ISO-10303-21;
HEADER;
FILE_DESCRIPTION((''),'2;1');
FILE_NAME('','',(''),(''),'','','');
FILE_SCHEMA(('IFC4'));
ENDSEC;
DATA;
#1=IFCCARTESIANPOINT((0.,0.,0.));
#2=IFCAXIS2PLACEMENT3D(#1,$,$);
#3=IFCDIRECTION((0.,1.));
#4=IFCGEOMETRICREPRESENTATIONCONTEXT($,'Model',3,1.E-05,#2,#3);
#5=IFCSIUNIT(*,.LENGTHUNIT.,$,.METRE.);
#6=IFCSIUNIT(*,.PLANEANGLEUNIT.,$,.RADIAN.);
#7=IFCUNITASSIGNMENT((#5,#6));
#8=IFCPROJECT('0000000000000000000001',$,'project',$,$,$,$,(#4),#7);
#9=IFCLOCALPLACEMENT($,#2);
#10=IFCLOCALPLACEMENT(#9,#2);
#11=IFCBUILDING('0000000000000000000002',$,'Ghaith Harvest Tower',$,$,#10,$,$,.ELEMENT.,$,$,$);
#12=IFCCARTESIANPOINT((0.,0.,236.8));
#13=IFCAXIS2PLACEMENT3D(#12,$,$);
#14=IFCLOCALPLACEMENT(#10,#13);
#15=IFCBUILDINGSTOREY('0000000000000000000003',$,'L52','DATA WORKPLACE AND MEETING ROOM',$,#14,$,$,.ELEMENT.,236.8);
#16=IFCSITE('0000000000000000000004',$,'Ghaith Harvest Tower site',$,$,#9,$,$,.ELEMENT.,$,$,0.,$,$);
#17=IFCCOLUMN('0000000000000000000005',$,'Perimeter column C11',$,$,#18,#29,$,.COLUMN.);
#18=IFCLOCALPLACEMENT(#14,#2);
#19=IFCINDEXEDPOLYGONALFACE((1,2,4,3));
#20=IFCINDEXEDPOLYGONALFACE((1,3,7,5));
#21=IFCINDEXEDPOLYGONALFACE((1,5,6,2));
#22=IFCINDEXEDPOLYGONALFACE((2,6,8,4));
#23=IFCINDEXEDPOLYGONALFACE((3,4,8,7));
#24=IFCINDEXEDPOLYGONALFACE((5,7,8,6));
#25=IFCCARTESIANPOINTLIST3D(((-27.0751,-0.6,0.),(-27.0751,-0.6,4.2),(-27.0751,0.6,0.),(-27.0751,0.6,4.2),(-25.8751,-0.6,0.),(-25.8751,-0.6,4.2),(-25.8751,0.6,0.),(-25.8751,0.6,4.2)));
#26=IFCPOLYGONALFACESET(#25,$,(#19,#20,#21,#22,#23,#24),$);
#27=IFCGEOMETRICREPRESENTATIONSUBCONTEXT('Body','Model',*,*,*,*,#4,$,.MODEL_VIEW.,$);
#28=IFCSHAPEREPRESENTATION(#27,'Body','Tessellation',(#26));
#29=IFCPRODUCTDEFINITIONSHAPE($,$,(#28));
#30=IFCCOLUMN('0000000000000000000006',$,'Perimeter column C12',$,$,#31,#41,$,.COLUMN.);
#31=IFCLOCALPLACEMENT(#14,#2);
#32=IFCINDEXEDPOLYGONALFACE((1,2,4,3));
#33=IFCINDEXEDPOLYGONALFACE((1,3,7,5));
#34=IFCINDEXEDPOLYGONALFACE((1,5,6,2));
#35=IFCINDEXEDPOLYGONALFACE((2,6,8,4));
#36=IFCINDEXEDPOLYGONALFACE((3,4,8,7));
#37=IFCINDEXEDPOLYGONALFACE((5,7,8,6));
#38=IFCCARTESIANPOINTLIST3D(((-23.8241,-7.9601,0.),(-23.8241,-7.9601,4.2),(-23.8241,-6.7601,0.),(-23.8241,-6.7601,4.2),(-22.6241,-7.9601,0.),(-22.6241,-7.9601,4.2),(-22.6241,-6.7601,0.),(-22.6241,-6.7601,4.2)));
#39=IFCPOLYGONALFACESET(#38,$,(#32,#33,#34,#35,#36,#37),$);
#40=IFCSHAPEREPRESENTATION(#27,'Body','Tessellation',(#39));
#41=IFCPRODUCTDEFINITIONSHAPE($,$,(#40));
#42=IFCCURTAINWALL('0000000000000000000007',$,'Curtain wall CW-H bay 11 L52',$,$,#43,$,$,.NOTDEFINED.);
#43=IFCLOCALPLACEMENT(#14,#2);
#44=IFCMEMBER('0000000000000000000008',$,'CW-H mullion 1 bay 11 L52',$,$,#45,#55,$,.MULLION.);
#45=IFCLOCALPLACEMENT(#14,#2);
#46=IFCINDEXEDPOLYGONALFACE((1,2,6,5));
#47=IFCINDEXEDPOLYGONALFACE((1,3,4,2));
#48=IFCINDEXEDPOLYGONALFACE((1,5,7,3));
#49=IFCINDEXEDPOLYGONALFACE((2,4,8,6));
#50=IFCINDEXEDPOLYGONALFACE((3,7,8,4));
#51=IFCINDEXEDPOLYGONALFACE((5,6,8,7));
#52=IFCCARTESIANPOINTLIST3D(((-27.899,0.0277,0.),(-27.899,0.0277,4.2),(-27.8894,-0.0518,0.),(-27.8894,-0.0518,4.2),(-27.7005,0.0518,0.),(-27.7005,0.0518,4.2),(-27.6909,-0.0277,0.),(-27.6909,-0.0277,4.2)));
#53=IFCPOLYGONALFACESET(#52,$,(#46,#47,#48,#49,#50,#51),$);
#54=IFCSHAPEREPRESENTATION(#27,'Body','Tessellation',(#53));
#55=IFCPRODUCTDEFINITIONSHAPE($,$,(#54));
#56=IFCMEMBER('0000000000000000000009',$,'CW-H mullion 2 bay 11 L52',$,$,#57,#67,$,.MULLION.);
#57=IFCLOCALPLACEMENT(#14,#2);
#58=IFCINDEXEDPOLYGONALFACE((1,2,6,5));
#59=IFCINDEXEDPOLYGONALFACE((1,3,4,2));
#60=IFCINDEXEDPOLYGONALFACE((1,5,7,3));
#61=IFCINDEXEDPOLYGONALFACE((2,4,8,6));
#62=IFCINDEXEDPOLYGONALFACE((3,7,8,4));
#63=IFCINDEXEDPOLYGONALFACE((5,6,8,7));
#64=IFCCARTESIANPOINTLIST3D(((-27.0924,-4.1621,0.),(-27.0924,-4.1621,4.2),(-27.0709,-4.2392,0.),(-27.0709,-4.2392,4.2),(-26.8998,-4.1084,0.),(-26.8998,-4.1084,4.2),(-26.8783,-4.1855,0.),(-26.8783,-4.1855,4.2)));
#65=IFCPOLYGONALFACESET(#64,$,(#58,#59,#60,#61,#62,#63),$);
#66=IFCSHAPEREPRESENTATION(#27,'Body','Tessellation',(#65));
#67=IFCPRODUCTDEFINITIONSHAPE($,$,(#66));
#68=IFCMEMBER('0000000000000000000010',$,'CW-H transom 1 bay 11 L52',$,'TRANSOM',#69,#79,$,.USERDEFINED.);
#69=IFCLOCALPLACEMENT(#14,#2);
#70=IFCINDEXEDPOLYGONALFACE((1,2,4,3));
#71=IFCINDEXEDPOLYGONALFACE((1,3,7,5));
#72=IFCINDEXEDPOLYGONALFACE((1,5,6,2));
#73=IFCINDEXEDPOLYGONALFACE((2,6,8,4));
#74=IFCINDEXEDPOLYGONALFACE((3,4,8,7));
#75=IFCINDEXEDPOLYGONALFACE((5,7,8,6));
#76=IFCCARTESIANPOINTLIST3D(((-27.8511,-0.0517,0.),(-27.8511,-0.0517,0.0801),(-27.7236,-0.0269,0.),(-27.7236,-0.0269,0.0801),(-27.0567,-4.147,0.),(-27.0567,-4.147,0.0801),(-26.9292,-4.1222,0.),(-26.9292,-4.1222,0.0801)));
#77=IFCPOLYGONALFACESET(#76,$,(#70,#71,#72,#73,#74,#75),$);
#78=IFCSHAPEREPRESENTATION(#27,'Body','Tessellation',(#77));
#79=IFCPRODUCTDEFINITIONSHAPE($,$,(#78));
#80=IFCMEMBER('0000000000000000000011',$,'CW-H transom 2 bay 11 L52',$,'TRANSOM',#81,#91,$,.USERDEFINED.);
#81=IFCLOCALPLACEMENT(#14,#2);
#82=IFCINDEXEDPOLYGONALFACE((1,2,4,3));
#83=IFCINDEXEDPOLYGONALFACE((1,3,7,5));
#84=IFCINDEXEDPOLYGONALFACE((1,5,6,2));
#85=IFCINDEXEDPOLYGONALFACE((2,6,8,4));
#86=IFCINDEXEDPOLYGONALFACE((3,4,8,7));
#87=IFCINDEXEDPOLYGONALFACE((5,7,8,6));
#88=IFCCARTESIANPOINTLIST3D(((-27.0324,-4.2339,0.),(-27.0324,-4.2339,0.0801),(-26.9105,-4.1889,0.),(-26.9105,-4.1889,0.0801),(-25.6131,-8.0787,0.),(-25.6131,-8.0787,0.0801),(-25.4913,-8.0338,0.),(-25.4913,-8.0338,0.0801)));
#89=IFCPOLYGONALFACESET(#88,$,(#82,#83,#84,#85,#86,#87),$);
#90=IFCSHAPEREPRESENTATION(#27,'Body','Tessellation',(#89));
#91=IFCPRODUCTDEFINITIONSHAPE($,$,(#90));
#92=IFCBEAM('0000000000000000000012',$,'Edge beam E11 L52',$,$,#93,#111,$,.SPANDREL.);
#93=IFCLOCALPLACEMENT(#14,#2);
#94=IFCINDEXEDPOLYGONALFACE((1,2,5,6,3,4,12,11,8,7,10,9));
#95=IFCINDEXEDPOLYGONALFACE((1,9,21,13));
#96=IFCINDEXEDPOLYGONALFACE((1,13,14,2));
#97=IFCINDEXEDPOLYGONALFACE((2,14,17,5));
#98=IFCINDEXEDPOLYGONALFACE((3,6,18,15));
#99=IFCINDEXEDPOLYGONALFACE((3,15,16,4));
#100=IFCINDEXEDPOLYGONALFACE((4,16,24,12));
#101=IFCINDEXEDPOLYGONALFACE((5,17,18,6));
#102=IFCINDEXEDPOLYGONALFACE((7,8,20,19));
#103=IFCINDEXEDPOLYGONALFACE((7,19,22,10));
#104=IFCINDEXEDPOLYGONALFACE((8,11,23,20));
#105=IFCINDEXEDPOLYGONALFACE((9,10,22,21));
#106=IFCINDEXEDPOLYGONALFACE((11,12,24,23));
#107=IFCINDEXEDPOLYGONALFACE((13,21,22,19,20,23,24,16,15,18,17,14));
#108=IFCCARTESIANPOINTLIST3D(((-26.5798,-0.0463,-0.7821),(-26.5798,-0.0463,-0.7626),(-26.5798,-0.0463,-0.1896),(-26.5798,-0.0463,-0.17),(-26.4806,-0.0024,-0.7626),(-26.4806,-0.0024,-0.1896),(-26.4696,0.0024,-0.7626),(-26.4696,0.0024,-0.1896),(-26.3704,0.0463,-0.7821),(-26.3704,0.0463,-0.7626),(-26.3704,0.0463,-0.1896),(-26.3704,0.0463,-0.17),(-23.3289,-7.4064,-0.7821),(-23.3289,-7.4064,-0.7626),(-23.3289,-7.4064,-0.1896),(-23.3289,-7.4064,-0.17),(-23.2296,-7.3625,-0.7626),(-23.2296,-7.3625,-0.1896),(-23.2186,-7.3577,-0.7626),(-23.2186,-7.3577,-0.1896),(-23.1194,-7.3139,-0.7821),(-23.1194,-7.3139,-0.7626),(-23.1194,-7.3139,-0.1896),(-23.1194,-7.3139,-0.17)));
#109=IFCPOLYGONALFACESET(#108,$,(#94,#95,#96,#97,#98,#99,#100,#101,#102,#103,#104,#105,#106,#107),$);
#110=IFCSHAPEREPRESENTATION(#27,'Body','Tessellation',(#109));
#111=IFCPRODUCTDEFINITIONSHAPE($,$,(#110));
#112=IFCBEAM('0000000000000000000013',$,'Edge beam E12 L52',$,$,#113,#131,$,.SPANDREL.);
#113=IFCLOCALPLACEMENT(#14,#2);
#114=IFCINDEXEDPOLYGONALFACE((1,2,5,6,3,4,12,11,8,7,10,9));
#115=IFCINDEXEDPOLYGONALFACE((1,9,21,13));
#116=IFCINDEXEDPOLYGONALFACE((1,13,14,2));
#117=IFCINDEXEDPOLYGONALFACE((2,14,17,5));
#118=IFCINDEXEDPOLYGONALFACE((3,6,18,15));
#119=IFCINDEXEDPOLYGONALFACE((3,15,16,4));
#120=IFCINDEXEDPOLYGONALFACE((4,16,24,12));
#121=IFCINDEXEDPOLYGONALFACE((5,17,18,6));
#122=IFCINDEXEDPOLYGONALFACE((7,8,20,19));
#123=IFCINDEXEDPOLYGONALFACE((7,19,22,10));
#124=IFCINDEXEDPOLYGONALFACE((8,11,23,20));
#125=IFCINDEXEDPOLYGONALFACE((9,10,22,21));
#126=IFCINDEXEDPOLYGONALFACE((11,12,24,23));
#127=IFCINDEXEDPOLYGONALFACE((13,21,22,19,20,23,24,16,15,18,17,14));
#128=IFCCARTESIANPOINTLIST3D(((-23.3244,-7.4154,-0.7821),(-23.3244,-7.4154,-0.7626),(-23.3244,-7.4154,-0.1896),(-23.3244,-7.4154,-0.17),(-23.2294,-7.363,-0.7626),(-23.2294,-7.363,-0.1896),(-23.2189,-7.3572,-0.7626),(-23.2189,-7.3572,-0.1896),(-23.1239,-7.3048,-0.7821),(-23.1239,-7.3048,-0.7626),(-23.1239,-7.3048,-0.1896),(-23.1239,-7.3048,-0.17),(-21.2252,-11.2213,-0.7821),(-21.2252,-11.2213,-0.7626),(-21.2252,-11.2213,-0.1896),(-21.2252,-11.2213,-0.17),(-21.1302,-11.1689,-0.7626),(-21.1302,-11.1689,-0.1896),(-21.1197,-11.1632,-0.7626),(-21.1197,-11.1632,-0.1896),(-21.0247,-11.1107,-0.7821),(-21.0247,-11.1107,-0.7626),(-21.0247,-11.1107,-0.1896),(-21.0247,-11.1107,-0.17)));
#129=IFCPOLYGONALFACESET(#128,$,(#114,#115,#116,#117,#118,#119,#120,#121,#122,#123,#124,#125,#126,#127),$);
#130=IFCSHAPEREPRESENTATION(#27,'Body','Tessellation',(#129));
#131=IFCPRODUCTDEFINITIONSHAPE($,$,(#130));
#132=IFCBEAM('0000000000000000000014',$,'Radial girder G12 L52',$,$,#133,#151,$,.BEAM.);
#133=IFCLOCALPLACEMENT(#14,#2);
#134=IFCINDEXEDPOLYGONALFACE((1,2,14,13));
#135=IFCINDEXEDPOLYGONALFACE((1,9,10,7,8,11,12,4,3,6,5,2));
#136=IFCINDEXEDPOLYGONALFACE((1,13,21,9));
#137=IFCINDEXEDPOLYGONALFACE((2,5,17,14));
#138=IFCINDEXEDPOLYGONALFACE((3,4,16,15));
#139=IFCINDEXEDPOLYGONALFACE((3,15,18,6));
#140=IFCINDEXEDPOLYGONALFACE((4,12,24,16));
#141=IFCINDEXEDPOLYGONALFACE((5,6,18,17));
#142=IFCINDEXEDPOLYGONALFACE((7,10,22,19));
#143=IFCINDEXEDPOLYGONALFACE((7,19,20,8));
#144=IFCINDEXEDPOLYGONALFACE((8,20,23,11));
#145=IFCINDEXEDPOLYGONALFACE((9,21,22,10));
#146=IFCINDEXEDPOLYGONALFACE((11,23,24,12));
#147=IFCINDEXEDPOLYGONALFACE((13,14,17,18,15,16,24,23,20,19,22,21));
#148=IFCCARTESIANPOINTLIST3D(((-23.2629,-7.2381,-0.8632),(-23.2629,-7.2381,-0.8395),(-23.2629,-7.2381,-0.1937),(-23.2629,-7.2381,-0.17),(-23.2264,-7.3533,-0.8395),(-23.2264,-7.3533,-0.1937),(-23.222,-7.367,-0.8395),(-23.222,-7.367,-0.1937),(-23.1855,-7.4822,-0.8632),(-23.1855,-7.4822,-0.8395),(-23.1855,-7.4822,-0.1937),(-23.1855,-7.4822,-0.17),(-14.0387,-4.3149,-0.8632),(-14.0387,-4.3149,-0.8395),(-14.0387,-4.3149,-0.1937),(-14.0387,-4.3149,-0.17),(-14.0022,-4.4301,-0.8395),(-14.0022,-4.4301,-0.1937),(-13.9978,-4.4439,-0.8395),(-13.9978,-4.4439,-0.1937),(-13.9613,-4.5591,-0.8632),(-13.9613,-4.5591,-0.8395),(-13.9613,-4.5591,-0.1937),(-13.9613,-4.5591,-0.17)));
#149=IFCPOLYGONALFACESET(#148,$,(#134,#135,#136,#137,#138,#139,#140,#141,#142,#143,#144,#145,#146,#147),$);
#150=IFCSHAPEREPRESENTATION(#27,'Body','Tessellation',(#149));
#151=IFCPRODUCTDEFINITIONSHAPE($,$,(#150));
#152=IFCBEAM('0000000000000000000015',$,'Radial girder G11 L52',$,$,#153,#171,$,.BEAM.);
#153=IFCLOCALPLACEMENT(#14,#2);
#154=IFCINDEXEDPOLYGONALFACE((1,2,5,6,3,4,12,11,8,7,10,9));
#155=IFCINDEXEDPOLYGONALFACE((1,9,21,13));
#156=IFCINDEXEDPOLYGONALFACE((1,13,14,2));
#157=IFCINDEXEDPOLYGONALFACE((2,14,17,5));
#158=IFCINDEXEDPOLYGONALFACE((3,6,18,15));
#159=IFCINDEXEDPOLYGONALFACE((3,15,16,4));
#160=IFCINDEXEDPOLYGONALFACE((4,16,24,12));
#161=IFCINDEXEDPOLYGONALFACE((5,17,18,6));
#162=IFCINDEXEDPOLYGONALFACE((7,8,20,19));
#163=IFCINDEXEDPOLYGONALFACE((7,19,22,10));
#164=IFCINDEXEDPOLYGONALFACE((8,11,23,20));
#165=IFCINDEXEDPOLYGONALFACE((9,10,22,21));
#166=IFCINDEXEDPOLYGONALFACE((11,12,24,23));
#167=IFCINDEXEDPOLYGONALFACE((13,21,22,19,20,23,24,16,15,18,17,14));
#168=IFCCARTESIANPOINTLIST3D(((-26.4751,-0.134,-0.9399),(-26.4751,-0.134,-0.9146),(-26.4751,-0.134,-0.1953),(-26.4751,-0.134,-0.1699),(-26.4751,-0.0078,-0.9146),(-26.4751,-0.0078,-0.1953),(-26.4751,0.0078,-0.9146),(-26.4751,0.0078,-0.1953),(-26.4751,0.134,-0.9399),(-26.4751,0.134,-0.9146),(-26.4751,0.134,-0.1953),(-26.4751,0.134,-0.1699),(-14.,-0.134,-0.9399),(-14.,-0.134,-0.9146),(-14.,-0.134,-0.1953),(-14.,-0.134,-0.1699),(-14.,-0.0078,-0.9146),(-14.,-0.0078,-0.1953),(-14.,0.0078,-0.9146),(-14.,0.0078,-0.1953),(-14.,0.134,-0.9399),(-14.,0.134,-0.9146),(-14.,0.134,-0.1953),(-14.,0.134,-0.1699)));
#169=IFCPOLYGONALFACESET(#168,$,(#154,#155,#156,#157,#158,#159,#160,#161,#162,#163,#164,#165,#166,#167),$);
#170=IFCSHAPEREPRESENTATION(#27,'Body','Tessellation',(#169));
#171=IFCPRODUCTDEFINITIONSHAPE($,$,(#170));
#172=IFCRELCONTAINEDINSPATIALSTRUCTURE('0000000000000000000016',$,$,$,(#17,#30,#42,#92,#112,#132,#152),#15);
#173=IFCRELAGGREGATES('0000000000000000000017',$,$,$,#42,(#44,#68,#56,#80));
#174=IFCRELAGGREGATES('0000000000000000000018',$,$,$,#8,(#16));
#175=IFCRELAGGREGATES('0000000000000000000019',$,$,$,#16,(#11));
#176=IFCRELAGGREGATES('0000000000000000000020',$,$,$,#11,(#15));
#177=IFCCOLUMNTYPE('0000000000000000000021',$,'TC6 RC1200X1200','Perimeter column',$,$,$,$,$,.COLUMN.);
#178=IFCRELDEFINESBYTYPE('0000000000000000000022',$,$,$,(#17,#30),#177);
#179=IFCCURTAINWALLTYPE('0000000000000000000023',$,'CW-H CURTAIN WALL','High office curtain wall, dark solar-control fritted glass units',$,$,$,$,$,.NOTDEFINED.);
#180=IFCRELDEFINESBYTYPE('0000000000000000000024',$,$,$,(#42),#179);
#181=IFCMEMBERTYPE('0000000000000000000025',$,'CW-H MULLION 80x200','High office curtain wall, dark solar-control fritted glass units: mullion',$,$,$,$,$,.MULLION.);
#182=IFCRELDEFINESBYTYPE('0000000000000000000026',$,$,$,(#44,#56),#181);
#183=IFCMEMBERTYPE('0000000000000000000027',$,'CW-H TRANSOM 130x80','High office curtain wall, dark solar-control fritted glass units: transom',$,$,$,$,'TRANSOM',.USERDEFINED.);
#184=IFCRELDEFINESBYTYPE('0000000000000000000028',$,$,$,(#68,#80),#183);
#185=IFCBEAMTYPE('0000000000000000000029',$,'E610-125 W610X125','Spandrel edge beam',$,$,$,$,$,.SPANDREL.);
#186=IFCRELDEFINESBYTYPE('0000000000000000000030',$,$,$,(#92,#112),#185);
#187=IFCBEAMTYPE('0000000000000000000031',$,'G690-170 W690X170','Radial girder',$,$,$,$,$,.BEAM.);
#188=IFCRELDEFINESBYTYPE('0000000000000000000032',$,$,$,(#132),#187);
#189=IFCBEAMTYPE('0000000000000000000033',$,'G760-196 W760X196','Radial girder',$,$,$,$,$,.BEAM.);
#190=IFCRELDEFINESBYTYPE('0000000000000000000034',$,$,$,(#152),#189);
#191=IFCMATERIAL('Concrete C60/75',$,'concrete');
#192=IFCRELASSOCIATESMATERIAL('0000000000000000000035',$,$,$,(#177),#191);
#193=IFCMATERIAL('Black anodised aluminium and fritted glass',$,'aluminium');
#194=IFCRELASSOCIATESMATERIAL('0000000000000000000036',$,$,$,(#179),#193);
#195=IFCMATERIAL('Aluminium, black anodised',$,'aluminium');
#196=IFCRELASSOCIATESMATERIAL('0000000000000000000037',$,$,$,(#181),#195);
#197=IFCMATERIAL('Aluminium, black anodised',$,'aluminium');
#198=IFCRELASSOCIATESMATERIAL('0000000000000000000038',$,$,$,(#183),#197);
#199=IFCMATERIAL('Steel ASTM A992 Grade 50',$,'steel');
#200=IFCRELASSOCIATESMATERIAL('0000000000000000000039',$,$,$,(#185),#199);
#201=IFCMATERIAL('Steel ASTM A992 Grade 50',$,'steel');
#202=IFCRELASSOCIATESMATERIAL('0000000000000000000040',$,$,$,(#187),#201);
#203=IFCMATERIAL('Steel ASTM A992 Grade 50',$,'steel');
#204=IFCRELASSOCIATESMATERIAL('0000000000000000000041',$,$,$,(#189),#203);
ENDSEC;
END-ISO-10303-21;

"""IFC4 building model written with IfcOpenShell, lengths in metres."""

from ifc_helpers import new_model, si_unit, direction, frame, origin, origin_2d, place, context, subcontext, project, spatial, rectangle, i_section, extrude, material, material_profile, profile_set, type_object, element, aggregate, save


model = new_model("IFC4")

# Units and contexts
model_context = context("Model", 3, precision=1e-05, world=origin(), true_north=direction((0.0, 1.0)))
body_context = subcontext(model_context, "Body", "Model", "MODEL_VIEW")
ifc_project = project(units=[si_unit("LENGTHUNIT", "METRE"), si_unit("PLANEANGLEUNIT", "RADIAN")], contexts=[model_context])

# Site, building, storey
site_placement = place(None, origin())
site = spatial("IfcSite", under=ifc_project, at=site_placement, Name="Ghaith Harvest Tower site", CompositionType="ELEMENT", RefElevation=0.0)
building_placement = place(site_placement, origin())
building = spatial("IfcBuilding", under=site, at=building_placement, Name="Ghaith Harvest Tower", CompositionType="ELEMENT")
storey_placement = place(building_placement, frame((0.0, 0.0, 236.8)))
storey = spatial("IfcBuildingStorey", under=building, at=storey_placement, Name="L52", Description="DATA WORKPLACE AND MEETING ROOM", CompositionType="ELEMENT", Elevation=236.8)

# Columns
ifc_material_1 = material(Name="Concrete C60/75", Category="concrete")
ifc_material_profile_1 = material_profile(ifc_material_1, rectangle(XDim=1.2, YDim=1.2, at=origin_2d()), Name="RC1200X1200")
ifc_profile_set_1 = profile_set([ifc_material_profile_1], Name="Concrete C60/75")
column_type = type_object("IfcColumnType", Name="TC6 RC1200X1200", Description="Perimeter column", PredefinedType="COLUMN", material=ifc_profile_set_1)
for number, where, z_axis, x_axis, name in (
    (1, (-26.4751, 0.0, 0.0), (0.0, 0.0, 1.0), (1.0, 0.0, 0.0), "Perimeter column C11"),
    (2, (-23.2241, -7.3601, 0.0), (0.0, 0.0, 1.0), (1.0, 0.0, 0.0), "Perimeter column C12"),
):
    element("IfcColumn", number, at=place(storey_placement, frame(where, z_axis=z_axis, x_axis=x_axis)), inside=storey, type_object=column_type, Name=name, PredefinedType="COLUMN", context=body_context, shape_type="SweptSolid", body=[
        extrude(rectangle(XDim=1.2, YDim=1.2, at=origin_2d()), origin(), (0.0, 0.0, 1.0), 4.2),
    ])

# Curtain wall, members
ifc_material_2 = material(Name="Black anodised aluminium and fritted glass", Category="aluminium")
curtain_wall_type = type_object("IfcCurtainWallType", Name="CW-H CURTAIN WALL", Description="High office curtain wall, dark solar-control fritted glass units", PredefinedType="NOTDEFINED", material=ifc_material_2)
curtain_wall_placement = place(storey_placement, origin())
curtain_wall = element("IfcCurtainWall", 3, at=curtain_wall_placement, inside=storey, type_object=curtain_wall_type, Name="Curtain wall CW-H bay 11 L52", PredefinedType="NOTDEFINED")
ifc_material_3 = material(Name="Aluminium, black anodised", Category="aluminium")
ifc_material_profile_2 = material_profile(ifc_material_3, rectangle(XDim=0.0801, YDim=0.2, at=origin_2d()), Name="CW-H MULLION 80x200")
ifc_profile_set_2 = profile_set([ifc_material_profile_2], Name="Aluminium, black anodised")
member_type_1 = type_object("IfcMemberType", Name="CW-H MULLION 80x200", Description="High office curtain wall, dark solar-control fritted glass units: mullion", PredefinedType="MULLION", material=ifc_profile_set_2)
member_1_placement = place(storey_placement, frame((-27.7949, 0.0, 0.0), z_axis=(0.0, 0.0, 1.0), x_axis=(0.12025, -0.992744, 0.0)))
member_1 = element("IfcMember", 4, at=member_1_placement, type_object=member_type_1, Name="CW-H mullion 1 bay 11 L52", PredefinedType="MULLION", context=body_context, shape_type="SweptSolid", body=[
    extrude(rectangle(XDim=0.0801, YDim=0.2, at=origin_2d()), origin(), (0.0, 0.0, 1.0), 4.2),
])
member_2_placement = place(storey_placement, frame((-26.9854, -4.1738, 0.0), z_axis=(0.0, 0.0, 1.0), x_axis=(0.268569, -0.96326, 0.0)))
member_2 = element("IfcMember", 5, at=member_2_placement, type_object=member_type_1, Name="CW-H mullion 2 bay 11 L52", PredefinedType="MULLION", context=body_context, shape_type="SweptSolid", body=[
    extrude(rectangle(XDim=0.0801, YDim=0.2, at=origin_2d()), origin(), (0.0, 0.0, 1.0), 4.2),
])
ifc_material_4 = material(Name="Aluminium, black anodised", Category="aluminium")
ifc_material_profile_3 = material_profile(ifc_material_4, rectangle(XDim=0.1299, YDim=0.0801, at=origin_2d()), Name="CW-H TRANSOM 130x80")
ifc_profile_set_3 = profile_set([ifc_material_profile_3], Name="Aluminium, black anodised")
member_type_2 = type_object("IfcMemberType", Name="CW-H TRANSOM 130x80", Description="High office curtain wall, dark solar-control fritted glass units: transom", ElementType="TRANSOM", PredefinedType="USERDEFINED", material=ifc_profile_set_3)
member_3_placement = place(storey_placement, frame((-27.7874, -0.0393, 0.04), z_axis=(0.19044, -0.981699, 0.0), x_axis=(0.981699, 0.19044, 0.0)))
member_3 = element("IfcMember", 6, at=member_3_placement, type_object=member_type_2, Name="CW-H transom 1 bay 11 L52", ObjectType="TRANSOM", PredefinedType="USERDEFINED", context=body_context, shape_type="SweptSolid", body=[
    extrude(rectangle(XDim=0.1299, YDim=0.0801, at=origin_2d()), origin(), (0.0, 0.0, 1.0), 4.1716),
])
member_4_placement = place(storey_placement, frame((-26.9714, -4.2114, 0.04), z_axis=(0.346288, -0.938128, 0.0), x_axis=(0.938128, 0.346288, 0.0)))
member_4 = element("IfcMember", 7, at=member_4_placement, type_object=member_type_2, Name="CW-H transom 2 bay 11 L52", ObjectType="TRANSOM", PredefinedType="USERDEFINED", context=body_context, shape_type="SweptSolid", body=[
    extrude(rectangle(XDim=0.1299, YDim=0.0801, at=origin_2d()), origin(), (0.0, 0.0, 1.0), 4.0984),
])

# Beams
ifc_material_5 = material(Name="Steel ASTM A992 Grade 50", Category="steel")
ifc_material_profile_4 = material_profile(ifc_material_5, i_section(OverallWidth=0.229, OverallDepth=0.6121, WebThickness=0.012, FlangeThickness=0.0195, at=origin_2d()), Name="W610X125")
ifc_profile_set_4 = profile_set([ifc_material_profile_4], Name="Steel ASTM A992 Grade 50")
beam_type_1 = type_object("IfcBeamType", Name="E610-125 W610X125", Description="Spandrel edge beam", PredefinedType="SPANDREL", material=ifc_profile_set_4)
beam_1_placement = place(storey_placement, frame((-26.4751, 0.0, -0.4761), z_axis=(0.404043, -0.91474, 0.0), x_axis=(0.91474, 0.404043, 0.0)))
element("IfcBeam", 8, at=beam_1_placement, inside=storey, type_object=beam_type_1, Name="Edge beam E11 L52", PredefinedType="SPANDREL", context=body_context, shape_type="SweptSolid", body=[
    extrude(i_section(OverallWidth=0.229, OverallDepth=0.6121, WebThickness=0.012, FlangeThickness=0.0195, at=origin_2d()), origin(), (0.0, 0.0, 1.0), 8.0461),
])
beam_2_placement = place(storey_placement, frame((-23.2241, -7.3601, -0.4761), z_axis=(0.482956, -0.875645, 0.0), x_axis=(0.875645, 0.482956, 0.0)))
element("IfcBeam", 9, at=beam_2_placement, inside=storey, type_object=beam_type_1, Name="Edge beam E12 L52", PredefinedType="SPANDREL", context=body_context, shape_type="SweptSolid", body=[
    extrude(i_section(OverallWidth=0.229, OverallDepth=0.6121, WebThickness=0.012, FlangeThickness=0.0195, at=origin_2d()), origin(), (0.0, 0.0, 1.0), 4.3464),
])
ifc_material_6 = material(Name="Steel ASTM A992 Grade 50", Category="steel")
ifc_material_profile_5 = material_profile(ifc_material_6, i_section(OverallWidth=0.2561, OverallDepth=0.6931, WebThickness=0.0144, FlangeThickness=0.0237, at=origin_2d()), Name="W690X170")
ifc_profile_set_5 = profile_set([ifc_material_profile_5], Name="Steel ASTM A992 Grade 50")
beam_type_2 = type_object("IfcBeamType", Name="G690-170 W690X170", Description="Radial girder", PredefinedType="BEAM", material=ifc_profile_set_5)
beam_3_placement = place(storey_placement, frame((-14.0, -4.437, -0.5166), z_axis=(-0.953279, -0.302091, 0.0), x_axis=(0.302091, -0.953279, 0.0)))
element("IfcBeam", 10, at=beam_3_placement, inside=storey, type_object=beam_type_2, Name="Radial girder G12 L52", PredefinedType="BEAM", context=body_context, shape_type="SweptSolid", body=[
    extrude(i_section(OverallWidth=0.2561, OverallDepth=0.6931, WebThickness=0.0144, FlangeThickness=0.0237, at=origin_2d()), origin(), (0.0, 0.0, 1.0), 9.6763),
])
ifc_material_7 = material(Name="Steel ASTM A992 Grade 50", Category="steel")
ifc_material_profile_6 = material_profile(ifc_material_7, i_section(OverallWidth=0.2681, OverallDepth=0.77, WebThickness=0.0156, FlangeThickness=0.0254, at=origin_2d()), Name="W760X196")
ifc_profile_set_6 = profile_set([ifc_material_profile_6], Name="Steel ASTM A992 Grade 50")
beam_type_3 = type_object("IfcBeamType", Name="G760-196 W760X196", Description="Radial girder", PredefinedType="BEAM", material=ifc_profile_set_6)
beam_4_placement = place(storey_placement, frame((-14.0, 0.0, -0.5549), z_axis=(-1.0, 0.0, 0.0), x_axis=(0.0, -1.0, 0.0)))
element("IfcBeam", 11, at=beam_4_placement, inside=storey, type_object=beam_type_3, Name="Radial girder G11 L52", PredefinedType="BEAM", context=body_context, shape_type="SweptSolid", body=[
    extrude(i_section(OverallWidth=0.2681, OverallDepth=0.77, WebThickness=0.0156, FlangeThickness=0.0254, at=origin_2d()), origin(), (0.0, 0.0, 1.0), 12.4751),
])

aggregate(curtain_wall, [member_1, member_3, member_2, member_4])

save(model, "model.ifc")
